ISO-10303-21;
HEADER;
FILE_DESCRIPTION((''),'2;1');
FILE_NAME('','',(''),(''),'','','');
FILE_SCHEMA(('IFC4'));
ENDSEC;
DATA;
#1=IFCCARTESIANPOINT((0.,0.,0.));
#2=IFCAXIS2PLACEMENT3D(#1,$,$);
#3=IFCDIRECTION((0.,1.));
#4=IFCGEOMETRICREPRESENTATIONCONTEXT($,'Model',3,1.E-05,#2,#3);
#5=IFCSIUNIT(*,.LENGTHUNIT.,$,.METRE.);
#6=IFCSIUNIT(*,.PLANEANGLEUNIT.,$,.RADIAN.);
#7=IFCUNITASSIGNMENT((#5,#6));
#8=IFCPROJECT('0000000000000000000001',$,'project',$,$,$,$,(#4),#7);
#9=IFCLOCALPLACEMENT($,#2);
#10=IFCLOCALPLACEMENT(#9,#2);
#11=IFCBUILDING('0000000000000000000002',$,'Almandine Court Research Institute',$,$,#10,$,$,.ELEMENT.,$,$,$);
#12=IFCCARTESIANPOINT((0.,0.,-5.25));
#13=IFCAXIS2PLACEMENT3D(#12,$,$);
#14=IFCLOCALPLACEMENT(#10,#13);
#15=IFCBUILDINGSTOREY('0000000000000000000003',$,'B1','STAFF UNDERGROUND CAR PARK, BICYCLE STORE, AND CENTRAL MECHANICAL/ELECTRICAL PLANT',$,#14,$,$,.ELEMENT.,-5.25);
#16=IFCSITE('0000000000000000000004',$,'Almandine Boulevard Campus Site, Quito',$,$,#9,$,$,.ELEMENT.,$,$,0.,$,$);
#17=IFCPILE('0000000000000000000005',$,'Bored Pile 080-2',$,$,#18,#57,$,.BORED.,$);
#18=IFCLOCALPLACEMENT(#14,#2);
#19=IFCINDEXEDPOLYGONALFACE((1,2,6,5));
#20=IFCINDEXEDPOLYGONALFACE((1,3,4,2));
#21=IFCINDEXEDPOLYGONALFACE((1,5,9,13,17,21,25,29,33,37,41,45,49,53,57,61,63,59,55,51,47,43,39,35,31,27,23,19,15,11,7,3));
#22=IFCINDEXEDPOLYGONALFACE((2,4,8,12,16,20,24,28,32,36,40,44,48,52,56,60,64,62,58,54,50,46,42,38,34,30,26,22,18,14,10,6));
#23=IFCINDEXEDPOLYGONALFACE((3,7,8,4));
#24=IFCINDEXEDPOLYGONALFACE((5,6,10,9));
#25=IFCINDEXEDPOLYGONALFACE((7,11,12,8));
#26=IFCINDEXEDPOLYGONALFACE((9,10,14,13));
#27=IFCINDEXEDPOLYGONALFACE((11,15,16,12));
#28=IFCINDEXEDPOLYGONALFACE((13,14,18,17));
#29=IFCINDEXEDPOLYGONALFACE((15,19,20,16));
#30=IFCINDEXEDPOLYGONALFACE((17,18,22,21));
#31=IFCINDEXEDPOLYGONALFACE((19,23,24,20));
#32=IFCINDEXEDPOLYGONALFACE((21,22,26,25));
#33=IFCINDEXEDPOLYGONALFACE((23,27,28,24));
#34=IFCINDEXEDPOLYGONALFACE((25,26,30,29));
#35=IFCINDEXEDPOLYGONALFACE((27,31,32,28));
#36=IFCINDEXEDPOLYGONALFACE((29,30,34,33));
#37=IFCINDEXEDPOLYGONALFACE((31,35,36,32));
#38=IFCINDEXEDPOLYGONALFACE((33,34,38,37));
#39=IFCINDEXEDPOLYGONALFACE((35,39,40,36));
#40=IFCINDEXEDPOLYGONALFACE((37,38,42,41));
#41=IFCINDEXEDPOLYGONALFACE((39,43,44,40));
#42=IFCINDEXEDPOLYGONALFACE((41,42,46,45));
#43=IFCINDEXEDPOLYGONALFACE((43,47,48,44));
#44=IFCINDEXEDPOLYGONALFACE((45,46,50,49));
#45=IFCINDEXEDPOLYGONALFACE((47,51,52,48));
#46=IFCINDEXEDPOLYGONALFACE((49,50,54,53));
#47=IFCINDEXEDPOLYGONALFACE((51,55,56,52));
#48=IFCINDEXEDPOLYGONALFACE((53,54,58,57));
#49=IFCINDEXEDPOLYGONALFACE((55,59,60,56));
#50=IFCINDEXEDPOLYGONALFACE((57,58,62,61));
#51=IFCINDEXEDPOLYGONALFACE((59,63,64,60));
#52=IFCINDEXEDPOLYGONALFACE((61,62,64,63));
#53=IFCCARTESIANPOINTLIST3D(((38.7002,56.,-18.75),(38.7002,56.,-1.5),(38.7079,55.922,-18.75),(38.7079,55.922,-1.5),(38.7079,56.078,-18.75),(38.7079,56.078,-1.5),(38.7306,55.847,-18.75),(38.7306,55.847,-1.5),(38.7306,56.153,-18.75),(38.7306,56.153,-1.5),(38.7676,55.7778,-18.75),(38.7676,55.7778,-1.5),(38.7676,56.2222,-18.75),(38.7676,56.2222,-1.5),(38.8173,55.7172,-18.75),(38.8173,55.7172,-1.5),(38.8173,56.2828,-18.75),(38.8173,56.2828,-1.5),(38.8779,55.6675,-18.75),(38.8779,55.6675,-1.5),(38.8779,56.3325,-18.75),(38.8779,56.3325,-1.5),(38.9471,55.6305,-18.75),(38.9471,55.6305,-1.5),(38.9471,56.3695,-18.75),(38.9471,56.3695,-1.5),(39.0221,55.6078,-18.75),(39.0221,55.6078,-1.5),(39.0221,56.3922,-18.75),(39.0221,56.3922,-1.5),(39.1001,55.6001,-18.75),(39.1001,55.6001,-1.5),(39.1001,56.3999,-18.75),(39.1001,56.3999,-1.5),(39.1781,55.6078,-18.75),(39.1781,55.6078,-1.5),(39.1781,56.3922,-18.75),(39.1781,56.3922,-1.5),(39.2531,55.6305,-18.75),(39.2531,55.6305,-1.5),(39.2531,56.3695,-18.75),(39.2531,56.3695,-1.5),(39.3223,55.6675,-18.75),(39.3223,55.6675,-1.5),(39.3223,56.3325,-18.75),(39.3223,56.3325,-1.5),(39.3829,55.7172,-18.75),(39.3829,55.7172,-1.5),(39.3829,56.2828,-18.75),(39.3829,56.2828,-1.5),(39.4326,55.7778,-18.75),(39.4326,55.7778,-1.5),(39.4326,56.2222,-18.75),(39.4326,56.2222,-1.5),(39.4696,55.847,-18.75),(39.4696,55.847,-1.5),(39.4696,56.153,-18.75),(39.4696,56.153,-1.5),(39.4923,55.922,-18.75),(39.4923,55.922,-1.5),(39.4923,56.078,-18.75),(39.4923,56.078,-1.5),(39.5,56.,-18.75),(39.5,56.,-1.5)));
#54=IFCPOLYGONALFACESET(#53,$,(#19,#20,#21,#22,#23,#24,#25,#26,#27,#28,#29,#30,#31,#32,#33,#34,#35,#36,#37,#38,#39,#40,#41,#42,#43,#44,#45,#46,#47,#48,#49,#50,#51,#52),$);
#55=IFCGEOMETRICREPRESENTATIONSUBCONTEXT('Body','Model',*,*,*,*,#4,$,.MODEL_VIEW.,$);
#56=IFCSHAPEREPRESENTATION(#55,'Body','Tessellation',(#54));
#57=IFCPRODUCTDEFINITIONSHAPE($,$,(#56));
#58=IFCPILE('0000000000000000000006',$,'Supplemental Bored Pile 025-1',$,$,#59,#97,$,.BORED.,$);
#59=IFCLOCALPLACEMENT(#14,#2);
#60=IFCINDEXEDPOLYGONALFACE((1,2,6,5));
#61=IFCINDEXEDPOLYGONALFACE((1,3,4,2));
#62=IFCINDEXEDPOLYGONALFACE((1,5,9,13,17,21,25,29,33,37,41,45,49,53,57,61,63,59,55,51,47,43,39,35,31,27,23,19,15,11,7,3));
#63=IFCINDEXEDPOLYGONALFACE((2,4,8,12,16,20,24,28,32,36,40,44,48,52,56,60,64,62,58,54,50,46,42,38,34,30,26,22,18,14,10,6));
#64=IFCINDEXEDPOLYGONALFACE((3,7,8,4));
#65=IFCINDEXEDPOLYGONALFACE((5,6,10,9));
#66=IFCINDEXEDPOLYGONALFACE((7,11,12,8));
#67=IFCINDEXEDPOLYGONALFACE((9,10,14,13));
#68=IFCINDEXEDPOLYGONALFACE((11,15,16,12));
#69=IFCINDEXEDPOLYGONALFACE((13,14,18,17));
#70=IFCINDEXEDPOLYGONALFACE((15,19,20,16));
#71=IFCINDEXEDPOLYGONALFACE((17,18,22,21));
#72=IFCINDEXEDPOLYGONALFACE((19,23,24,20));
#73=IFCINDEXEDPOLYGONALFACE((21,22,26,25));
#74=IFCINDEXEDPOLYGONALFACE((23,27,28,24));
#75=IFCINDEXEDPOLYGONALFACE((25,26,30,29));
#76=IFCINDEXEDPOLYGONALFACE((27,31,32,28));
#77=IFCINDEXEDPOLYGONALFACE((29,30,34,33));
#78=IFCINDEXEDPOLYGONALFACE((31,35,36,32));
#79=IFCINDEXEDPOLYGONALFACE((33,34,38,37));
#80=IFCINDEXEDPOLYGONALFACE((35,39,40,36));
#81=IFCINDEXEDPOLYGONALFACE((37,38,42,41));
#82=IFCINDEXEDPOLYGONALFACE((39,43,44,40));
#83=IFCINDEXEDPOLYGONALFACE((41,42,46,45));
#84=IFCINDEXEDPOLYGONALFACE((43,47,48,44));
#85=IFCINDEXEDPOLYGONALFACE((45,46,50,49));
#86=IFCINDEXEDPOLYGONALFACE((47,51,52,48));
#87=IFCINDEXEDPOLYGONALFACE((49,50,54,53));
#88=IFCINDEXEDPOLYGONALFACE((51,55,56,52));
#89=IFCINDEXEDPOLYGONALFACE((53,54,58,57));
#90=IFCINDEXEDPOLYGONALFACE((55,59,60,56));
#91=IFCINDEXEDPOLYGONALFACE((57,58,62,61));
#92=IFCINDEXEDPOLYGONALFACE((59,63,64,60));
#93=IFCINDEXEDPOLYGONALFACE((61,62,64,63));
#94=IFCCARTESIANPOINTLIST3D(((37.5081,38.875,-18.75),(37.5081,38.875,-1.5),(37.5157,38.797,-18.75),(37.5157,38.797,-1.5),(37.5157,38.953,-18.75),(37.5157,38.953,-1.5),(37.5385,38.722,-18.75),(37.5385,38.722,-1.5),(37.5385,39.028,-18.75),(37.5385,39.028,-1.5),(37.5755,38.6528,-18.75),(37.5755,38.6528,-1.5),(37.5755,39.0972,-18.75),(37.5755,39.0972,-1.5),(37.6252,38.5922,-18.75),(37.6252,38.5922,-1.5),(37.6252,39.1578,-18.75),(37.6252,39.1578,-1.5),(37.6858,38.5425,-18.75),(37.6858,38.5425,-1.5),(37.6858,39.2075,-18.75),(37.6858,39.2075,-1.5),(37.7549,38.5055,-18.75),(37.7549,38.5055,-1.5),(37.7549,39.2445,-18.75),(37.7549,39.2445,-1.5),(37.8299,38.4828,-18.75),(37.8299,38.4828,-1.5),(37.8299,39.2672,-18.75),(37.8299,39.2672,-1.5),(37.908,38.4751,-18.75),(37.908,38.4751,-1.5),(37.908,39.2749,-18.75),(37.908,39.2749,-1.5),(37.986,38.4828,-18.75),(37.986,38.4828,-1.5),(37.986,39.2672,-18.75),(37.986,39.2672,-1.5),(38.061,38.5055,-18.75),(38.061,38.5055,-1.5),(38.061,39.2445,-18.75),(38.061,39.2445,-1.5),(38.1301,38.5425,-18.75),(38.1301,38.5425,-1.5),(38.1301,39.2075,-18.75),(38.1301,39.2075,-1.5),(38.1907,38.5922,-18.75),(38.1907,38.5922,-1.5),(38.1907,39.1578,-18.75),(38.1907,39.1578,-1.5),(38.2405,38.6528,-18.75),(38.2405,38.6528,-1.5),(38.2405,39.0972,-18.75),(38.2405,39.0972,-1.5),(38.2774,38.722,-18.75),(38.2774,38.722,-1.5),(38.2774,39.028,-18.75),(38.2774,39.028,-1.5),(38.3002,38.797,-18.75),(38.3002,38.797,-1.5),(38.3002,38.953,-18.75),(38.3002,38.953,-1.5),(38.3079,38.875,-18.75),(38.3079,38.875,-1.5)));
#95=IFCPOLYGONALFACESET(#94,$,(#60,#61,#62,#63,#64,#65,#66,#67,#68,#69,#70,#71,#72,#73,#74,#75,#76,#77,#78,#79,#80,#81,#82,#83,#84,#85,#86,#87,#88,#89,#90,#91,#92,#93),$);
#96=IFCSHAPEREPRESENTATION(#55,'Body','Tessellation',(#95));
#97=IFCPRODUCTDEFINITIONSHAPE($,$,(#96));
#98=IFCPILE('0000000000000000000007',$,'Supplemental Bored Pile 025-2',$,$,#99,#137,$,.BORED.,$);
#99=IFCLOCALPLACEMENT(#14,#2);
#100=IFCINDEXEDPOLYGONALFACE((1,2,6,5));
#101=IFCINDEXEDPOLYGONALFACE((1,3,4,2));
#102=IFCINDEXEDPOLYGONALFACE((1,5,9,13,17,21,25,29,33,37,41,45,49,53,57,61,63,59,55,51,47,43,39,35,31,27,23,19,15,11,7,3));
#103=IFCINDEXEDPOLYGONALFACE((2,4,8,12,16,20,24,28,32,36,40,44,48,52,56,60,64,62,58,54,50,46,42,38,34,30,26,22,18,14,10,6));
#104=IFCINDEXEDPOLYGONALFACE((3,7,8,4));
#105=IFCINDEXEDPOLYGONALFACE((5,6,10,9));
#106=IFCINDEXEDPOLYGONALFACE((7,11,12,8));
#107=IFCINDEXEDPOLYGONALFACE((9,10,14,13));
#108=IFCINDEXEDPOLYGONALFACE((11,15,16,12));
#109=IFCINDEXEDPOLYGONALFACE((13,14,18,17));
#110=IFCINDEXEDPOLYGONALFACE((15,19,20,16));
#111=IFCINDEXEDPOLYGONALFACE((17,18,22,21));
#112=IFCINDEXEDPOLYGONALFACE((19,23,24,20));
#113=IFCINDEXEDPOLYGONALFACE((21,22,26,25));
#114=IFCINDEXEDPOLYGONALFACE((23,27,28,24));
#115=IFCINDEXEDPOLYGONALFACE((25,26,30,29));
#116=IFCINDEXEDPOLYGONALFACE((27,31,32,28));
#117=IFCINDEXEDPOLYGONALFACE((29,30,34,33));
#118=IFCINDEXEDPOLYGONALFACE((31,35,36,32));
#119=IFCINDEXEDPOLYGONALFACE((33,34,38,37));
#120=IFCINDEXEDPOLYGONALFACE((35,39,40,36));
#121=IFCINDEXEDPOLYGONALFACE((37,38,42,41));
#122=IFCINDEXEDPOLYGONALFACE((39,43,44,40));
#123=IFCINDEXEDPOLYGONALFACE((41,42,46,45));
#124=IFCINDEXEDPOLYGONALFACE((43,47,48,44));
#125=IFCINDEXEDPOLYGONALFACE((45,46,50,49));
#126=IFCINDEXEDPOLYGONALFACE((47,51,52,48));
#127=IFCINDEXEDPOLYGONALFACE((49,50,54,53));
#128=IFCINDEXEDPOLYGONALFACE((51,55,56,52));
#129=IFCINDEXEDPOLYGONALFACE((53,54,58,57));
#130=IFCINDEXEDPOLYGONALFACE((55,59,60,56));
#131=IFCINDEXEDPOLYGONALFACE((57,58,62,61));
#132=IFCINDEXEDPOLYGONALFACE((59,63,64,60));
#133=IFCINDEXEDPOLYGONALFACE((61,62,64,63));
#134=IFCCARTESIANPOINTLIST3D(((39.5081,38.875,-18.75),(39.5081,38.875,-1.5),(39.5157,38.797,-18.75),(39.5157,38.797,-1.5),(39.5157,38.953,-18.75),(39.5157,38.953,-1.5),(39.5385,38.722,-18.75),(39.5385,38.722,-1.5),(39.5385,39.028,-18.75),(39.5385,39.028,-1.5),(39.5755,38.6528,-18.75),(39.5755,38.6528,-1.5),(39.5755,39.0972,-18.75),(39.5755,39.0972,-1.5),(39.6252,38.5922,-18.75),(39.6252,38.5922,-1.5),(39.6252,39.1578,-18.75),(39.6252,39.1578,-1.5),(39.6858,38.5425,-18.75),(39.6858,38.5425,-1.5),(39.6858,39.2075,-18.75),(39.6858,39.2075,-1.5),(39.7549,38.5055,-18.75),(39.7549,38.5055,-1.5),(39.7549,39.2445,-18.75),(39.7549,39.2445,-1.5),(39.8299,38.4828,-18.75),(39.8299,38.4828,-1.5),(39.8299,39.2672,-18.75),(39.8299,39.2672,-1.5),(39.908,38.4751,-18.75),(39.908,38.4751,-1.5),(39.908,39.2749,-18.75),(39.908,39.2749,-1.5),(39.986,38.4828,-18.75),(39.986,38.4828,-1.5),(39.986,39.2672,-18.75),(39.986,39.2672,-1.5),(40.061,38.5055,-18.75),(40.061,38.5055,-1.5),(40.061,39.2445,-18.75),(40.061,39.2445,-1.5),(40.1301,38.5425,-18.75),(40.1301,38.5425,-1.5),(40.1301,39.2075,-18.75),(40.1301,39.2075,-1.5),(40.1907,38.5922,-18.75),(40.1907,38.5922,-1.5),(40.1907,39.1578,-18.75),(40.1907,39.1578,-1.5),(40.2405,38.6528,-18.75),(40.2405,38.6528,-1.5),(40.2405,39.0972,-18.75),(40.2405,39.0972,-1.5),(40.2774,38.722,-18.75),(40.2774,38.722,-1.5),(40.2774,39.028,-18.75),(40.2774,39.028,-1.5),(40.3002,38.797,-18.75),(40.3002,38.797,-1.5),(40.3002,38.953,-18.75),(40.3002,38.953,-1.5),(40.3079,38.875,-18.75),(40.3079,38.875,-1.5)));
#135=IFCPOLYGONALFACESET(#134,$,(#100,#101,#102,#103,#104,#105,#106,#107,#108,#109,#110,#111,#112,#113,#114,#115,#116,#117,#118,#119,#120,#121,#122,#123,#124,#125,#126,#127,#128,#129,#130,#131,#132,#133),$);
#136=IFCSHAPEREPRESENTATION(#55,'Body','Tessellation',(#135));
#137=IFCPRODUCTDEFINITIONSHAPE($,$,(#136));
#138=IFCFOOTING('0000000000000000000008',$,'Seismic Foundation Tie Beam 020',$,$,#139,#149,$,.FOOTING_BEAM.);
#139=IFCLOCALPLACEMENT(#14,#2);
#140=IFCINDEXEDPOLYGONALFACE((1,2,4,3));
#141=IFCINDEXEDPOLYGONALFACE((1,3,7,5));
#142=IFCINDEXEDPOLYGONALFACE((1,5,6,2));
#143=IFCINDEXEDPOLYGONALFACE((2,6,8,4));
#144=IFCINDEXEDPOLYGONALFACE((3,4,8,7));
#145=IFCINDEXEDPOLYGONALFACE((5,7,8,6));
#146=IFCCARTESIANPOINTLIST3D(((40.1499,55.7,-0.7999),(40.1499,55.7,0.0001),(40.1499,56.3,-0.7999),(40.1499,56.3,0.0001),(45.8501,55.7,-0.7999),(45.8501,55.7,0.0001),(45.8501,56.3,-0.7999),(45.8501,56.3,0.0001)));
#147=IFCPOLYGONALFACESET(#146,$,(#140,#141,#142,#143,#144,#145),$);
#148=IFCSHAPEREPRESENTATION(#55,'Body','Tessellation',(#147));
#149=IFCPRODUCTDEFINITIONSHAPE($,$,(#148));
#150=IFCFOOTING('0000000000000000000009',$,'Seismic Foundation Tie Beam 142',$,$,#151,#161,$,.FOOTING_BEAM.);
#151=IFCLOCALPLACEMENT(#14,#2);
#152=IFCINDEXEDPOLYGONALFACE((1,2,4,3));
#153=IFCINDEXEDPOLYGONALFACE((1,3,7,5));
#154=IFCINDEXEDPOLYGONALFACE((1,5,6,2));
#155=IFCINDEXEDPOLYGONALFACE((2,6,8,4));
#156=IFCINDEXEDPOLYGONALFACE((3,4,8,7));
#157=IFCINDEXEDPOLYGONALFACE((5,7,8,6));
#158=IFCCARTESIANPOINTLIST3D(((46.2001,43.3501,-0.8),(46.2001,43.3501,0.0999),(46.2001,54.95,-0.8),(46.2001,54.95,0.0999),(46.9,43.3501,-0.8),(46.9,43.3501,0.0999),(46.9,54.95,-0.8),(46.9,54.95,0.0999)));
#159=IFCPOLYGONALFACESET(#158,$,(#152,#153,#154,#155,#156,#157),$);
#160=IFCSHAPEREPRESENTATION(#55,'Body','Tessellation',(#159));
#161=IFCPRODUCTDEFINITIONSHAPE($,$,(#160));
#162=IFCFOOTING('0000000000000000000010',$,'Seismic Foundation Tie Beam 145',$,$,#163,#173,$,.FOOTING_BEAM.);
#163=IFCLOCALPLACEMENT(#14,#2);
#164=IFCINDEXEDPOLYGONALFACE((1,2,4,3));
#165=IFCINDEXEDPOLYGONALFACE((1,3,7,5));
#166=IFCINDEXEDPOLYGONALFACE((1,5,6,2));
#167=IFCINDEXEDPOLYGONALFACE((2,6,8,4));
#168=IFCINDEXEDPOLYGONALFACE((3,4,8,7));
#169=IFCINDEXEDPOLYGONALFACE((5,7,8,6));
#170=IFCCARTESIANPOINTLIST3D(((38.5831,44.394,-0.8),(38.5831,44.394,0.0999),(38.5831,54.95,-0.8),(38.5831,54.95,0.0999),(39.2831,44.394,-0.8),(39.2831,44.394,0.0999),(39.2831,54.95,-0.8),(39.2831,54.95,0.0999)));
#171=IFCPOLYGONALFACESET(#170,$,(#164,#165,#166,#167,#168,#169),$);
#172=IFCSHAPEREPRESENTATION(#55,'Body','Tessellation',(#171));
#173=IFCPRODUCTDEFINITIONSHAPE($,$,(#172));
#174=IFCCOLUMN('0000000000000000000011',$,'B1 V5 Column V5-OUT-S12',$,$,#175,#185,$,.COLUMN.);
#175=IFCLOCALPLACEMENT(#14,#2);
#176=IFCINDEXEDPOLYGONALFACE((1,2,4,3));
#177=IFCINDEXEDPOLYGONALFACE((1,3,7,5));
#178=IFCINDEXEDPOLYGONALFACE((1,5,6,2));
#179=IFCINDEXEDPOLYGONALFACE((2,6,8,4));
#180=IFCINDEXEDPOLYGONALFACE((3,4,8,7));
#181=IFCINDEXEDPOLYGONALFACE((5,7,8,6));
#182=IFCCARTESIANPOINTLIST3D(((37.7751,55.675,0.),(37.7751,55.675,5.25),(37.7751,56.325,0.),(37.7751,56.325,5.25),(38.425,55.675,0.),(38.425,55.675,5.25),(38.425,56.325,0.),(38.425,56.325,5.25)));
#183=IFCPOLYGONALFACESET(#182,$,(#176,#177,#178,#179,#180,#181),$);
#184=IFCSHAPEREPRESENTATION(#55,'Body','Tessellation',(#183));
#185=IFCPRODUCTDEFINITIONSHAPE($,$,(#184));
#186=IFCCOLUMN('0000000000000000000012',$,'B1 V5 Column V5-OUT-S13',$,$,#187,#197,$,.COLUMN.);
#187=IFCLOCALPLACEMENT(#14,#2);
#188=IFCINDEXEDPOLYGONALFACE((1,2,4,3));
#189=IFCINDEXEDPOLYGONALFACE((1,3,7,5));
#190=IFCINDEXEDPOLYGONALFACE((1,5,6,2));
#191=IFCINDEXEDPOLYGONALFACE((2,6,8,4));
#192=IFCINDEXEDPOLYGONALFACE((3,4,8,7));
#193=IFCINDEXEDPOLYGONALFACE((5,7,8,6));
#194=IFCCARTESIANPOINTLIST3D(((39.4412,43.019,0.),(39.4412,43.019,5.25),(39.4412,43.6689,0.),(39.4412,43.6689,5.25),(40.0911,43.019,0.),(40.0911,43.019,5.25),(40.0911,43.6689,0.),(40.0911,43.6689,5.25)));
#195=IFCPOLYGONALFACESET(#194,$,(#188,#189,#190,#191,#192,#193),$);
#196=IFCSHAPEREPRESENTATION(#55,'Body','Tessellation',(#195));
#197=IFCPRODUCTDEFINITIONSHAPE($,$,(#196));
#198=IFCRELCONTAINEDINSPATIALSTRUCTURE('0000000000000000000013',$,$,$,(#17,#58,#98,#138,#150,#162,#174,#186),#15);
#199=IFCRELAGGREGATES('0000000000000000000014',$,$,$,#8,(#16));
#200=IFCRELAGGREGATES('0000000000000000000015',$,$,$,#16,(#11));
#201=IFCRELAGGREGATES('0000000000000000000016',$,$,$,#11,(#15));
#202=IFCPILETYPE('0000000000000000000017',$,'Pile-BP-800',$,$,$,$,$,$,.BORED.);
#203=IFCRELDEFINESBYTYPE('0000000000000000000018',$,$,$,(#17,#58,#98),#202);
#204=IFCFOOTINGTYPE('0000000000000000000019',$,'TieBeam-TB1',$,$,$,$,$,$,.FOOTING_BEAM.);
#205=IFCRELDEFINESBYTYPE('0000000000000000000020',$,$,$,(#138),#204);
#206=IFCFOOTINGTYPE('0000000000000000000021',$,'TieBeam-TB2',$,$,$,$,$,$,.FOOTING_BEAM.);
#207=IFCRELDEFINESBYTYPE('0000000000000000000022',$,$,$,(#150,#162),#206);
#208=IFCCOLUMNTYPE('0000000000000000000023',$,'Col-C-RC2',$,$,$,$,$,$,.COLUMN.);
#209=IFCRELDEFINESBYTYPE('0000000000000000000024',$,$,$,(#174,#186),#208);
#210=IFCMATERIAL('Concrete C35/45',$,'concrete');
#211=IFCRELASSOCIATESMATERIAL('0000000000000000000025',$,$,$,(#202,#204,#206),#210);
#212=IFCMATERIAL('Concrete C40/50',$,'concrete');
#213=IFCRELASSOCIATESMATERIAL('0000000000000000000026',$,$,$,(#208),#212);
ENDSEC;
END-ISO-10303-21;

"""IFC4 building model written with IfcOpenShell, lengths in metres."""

from ifc_helpers import new_model, si_unit, direction, frame, origin, origin_2d, place, context, subcontext, project, spatial, rectangle, circle, extrude, material, material_profile, profile_set, type_object, element, save


model = new_model("IFC4")

# Units and contexts
model_context = context("Model", 3, precision=1e-05, world=origin(), true_north=direction((0.0, 1.0)))
body_context = subcontext(model_context, "Body", "Model", "MODEL_VIEW")
ifc_project = project(units=[si_unit("LENGTHUNIT", "METRE"), si_unit("PLANEANGLEUNIT", "RADIAN")], contexts=[model_context])

# Site, building, storey
site_placement = place(None, origin())
site = spatial("IfcSite", under=ifc_project, at=site_placement, Name="Almandine Boulevard Campus Site, Quito", CompositionType="ELEMENT", RefElevation=0.0)
building_placement = place(site_placement, origin())
building = spatial("IfcBuilding", under=site, at=building_placement, Name="Almandine Court Research Institute", CompositionType="ELEMENT")
storey_placement = place(building_placement, frame((0.0, 0.0, -5.25)))
storey = spatial("IfcBuildingStorey", under=building, at=storey_placement, Name="B1", Description="STAFF UNDERGROUND CAR PARK, BICYCLE STORE, AND CENTRAL MECHANICAL/ELECTRICAL PLANT", CompositionType="ELEMENT", Elevation=-5.25)

# Shared definitions
ifc_material_1 = material(Name="Concrete C35/45", Category="concrete")

# Piles
ifc_material_profile_1 = material_profile(ifc_material_1, circle(Radius=0.3999, at=origin_2d()), Name="BORED PILE D800")
ifc_profile_set_1 = profile_set([ifc_material_profile_1], Name="Concrete C35/45")
pile_type_1 = type_object("IfcPileType", Name="Pile-BP-800", PredefinedType="BORED", material=ifc_profile_set_1)
for number, where, z_axis, x_axis, name in (
    (1, (39.1001, 56.0, -1.5), (0.0, 0.0, -1.0), (1.0, 0.0, 0.0), "Bored Pile 080-2"),
    (2, (37.908, 38.875, -1.5), (0.0, 0.0, -1.0), (1.0, 0.0, 0.0), "Supplemental Bored Pile 025-1"),
    (3, (39.908, 38.875, -1.5), (0.0, 0.0, -1.0), (1.0, 0.0, 0.0), "Supplemental Bored Pile 025-2"),
):
    element("IfcPile", number, at=place(storey_placement, frame(where, z_axis=z_axis, x_axis=x_axis)), inside=storey, type_object=pile_type_1, Name=name, PredefinedType="BORED", context=body_context, shape_type="SweptSolid", body=[
        extrude(circle(Radius=0.3999, at=origin_2d()), origin(), (0.0, 0.0, 1.0), 17.25),
    ])

# Footings
ifc_material_profile_2 = material_profile(ifc_material_1, rectangle(XDim=0.6001, YDim=0.8, at=origin_2d()), Name="RC TIE 600x800")
ifc_profile_set_2 = profile_set([ifc_material_profile_2], Name="Concrete C35/45")
footing_type_1 = type_object("IfcFootingType", Name="TieBeam-TB1", PredefinedType="FOOTING_BEAM", material=ifc_profile_set_2)
footing_1_placement = place(storey_placement, frame((40.1499, 56.0, -0.3999), z_axis=(1.0, 0.0, 0.0), x_axis=(0.0, 1.0, 0.0)))
element("IfcFooting", 4, at=footing_1_placement, inside=storey, type_object=footing_type_1, Name="Seismic Foundation Tie Beam 020", PredefinedType="FOOTING_BEAM", context=body_context, shape_type="SweptSolid", body=[
    extrude(rectangle(XDim=0.6001, YDim=0.8, at=origin_2d()), origin(), (0.0, 0.0, 1.0), 5.7002),
])
ifc_material_profile_3 = material_profile(ifc_material_1, rectangle(XDim=0.7, YDim=0.8999, at=origin_2d()), Name="RC TIE 700x900")
ifc_profile_set_3 = profile_set([ifc_material_profile_3], Name="Concrete C35/45")
footing_type_2 = type_object("IfcFootingType", Name="TieBeam-TB2", PredefinedType="FOOTING_BEAM", material=ifc_profile_set_3)
footing_2_placement = place(storey_placement, frame((46.55, 43.3501, -0.3501), z_axis=(0.0, 1.0, 0.0), x_axis=(-1.0, 0.0, 0.0)))
element("IfcFooting", 5, at=footing_2_placement, inside=storey, type_object=footing_type_2, Name="Seismic Foundation Tie Beam 142", PredefinedType="FOOTING_BEAM", context=body_context, shape_type="SweptSolid", body=[
    extrude(rectangle(XDim=0.7, YDim=0.8999, at=origin_2d()), origin(), (0.0, 0.0, 1.0), 11.5999),
])
footing_3_placement = place(storey_placement, frame((38.9331, 44.394, -0.3501), z_axis=(0.0, 1.0, 0.0), x_axis=(-1.0, 0.0, 0.0)))
element("IfcFooting", 6, at=footing_3_placement, inside=storey, type_object=footing_type_2, Name="Seismic Foundation Tie Beam 145", PredefinedType="FOOTING_BEAM", context=body_context, shape_type="SweptSolid", body=[
    extrude(rectangle(XDim=0.7, YDim=0.8999, at=origin_2d()), origin(), (0.0, 0.0, 1.0), 10.5559),
])

# Columns
ifc_material_2 = material(Name="Concrete C40/50", Category="concrete")
ifc_material_profile_4 = material_profile(ifc_material_2, rectangle(XDim=0.6499, YDim=0.6499, at=origin_2d()), Name="RC 650x650")
ifc_profile_set_4 = profile_set([ifc_material_profile_4], Name="Concrete C40/50")
column_type_1 = type_object("IfcColumnType", Name="Col-C-RC2", PredefinedType="COLUMN", material=ifc_profile_set_4)
for number, where, z_axis, x_axis, name in (
    (7, (38.1001, 56.0, 0.0), (0.0, 0.0, 1.0), (1.0, 0.0, 0.0), "B1 V5 Column V5-OUT-S12"),
    (8, (39.7661, 43.344, 0.0), (0.0, 0.0, 1.0), (1.0, 0.0, 0.0), "B1 V5 Column V5-OUT-S13"),
):
    element("IfcColumn", number, at=place(storey_placement, frame(where, z_axis=z_axis, x_axis=x_axis)), inside=storey, type_object=column_type_1, Name=name, PredefinedType="COLUMN", context=body_context, shape_type="SweptSolid", body=[
        extrude(rectangle(XDim=0.6499, YDim=0.6499, at=origin_2d()), origin(), (0.0, 0.0, 1.0), 5.25),
    ])

save(model, "model.ifc")
